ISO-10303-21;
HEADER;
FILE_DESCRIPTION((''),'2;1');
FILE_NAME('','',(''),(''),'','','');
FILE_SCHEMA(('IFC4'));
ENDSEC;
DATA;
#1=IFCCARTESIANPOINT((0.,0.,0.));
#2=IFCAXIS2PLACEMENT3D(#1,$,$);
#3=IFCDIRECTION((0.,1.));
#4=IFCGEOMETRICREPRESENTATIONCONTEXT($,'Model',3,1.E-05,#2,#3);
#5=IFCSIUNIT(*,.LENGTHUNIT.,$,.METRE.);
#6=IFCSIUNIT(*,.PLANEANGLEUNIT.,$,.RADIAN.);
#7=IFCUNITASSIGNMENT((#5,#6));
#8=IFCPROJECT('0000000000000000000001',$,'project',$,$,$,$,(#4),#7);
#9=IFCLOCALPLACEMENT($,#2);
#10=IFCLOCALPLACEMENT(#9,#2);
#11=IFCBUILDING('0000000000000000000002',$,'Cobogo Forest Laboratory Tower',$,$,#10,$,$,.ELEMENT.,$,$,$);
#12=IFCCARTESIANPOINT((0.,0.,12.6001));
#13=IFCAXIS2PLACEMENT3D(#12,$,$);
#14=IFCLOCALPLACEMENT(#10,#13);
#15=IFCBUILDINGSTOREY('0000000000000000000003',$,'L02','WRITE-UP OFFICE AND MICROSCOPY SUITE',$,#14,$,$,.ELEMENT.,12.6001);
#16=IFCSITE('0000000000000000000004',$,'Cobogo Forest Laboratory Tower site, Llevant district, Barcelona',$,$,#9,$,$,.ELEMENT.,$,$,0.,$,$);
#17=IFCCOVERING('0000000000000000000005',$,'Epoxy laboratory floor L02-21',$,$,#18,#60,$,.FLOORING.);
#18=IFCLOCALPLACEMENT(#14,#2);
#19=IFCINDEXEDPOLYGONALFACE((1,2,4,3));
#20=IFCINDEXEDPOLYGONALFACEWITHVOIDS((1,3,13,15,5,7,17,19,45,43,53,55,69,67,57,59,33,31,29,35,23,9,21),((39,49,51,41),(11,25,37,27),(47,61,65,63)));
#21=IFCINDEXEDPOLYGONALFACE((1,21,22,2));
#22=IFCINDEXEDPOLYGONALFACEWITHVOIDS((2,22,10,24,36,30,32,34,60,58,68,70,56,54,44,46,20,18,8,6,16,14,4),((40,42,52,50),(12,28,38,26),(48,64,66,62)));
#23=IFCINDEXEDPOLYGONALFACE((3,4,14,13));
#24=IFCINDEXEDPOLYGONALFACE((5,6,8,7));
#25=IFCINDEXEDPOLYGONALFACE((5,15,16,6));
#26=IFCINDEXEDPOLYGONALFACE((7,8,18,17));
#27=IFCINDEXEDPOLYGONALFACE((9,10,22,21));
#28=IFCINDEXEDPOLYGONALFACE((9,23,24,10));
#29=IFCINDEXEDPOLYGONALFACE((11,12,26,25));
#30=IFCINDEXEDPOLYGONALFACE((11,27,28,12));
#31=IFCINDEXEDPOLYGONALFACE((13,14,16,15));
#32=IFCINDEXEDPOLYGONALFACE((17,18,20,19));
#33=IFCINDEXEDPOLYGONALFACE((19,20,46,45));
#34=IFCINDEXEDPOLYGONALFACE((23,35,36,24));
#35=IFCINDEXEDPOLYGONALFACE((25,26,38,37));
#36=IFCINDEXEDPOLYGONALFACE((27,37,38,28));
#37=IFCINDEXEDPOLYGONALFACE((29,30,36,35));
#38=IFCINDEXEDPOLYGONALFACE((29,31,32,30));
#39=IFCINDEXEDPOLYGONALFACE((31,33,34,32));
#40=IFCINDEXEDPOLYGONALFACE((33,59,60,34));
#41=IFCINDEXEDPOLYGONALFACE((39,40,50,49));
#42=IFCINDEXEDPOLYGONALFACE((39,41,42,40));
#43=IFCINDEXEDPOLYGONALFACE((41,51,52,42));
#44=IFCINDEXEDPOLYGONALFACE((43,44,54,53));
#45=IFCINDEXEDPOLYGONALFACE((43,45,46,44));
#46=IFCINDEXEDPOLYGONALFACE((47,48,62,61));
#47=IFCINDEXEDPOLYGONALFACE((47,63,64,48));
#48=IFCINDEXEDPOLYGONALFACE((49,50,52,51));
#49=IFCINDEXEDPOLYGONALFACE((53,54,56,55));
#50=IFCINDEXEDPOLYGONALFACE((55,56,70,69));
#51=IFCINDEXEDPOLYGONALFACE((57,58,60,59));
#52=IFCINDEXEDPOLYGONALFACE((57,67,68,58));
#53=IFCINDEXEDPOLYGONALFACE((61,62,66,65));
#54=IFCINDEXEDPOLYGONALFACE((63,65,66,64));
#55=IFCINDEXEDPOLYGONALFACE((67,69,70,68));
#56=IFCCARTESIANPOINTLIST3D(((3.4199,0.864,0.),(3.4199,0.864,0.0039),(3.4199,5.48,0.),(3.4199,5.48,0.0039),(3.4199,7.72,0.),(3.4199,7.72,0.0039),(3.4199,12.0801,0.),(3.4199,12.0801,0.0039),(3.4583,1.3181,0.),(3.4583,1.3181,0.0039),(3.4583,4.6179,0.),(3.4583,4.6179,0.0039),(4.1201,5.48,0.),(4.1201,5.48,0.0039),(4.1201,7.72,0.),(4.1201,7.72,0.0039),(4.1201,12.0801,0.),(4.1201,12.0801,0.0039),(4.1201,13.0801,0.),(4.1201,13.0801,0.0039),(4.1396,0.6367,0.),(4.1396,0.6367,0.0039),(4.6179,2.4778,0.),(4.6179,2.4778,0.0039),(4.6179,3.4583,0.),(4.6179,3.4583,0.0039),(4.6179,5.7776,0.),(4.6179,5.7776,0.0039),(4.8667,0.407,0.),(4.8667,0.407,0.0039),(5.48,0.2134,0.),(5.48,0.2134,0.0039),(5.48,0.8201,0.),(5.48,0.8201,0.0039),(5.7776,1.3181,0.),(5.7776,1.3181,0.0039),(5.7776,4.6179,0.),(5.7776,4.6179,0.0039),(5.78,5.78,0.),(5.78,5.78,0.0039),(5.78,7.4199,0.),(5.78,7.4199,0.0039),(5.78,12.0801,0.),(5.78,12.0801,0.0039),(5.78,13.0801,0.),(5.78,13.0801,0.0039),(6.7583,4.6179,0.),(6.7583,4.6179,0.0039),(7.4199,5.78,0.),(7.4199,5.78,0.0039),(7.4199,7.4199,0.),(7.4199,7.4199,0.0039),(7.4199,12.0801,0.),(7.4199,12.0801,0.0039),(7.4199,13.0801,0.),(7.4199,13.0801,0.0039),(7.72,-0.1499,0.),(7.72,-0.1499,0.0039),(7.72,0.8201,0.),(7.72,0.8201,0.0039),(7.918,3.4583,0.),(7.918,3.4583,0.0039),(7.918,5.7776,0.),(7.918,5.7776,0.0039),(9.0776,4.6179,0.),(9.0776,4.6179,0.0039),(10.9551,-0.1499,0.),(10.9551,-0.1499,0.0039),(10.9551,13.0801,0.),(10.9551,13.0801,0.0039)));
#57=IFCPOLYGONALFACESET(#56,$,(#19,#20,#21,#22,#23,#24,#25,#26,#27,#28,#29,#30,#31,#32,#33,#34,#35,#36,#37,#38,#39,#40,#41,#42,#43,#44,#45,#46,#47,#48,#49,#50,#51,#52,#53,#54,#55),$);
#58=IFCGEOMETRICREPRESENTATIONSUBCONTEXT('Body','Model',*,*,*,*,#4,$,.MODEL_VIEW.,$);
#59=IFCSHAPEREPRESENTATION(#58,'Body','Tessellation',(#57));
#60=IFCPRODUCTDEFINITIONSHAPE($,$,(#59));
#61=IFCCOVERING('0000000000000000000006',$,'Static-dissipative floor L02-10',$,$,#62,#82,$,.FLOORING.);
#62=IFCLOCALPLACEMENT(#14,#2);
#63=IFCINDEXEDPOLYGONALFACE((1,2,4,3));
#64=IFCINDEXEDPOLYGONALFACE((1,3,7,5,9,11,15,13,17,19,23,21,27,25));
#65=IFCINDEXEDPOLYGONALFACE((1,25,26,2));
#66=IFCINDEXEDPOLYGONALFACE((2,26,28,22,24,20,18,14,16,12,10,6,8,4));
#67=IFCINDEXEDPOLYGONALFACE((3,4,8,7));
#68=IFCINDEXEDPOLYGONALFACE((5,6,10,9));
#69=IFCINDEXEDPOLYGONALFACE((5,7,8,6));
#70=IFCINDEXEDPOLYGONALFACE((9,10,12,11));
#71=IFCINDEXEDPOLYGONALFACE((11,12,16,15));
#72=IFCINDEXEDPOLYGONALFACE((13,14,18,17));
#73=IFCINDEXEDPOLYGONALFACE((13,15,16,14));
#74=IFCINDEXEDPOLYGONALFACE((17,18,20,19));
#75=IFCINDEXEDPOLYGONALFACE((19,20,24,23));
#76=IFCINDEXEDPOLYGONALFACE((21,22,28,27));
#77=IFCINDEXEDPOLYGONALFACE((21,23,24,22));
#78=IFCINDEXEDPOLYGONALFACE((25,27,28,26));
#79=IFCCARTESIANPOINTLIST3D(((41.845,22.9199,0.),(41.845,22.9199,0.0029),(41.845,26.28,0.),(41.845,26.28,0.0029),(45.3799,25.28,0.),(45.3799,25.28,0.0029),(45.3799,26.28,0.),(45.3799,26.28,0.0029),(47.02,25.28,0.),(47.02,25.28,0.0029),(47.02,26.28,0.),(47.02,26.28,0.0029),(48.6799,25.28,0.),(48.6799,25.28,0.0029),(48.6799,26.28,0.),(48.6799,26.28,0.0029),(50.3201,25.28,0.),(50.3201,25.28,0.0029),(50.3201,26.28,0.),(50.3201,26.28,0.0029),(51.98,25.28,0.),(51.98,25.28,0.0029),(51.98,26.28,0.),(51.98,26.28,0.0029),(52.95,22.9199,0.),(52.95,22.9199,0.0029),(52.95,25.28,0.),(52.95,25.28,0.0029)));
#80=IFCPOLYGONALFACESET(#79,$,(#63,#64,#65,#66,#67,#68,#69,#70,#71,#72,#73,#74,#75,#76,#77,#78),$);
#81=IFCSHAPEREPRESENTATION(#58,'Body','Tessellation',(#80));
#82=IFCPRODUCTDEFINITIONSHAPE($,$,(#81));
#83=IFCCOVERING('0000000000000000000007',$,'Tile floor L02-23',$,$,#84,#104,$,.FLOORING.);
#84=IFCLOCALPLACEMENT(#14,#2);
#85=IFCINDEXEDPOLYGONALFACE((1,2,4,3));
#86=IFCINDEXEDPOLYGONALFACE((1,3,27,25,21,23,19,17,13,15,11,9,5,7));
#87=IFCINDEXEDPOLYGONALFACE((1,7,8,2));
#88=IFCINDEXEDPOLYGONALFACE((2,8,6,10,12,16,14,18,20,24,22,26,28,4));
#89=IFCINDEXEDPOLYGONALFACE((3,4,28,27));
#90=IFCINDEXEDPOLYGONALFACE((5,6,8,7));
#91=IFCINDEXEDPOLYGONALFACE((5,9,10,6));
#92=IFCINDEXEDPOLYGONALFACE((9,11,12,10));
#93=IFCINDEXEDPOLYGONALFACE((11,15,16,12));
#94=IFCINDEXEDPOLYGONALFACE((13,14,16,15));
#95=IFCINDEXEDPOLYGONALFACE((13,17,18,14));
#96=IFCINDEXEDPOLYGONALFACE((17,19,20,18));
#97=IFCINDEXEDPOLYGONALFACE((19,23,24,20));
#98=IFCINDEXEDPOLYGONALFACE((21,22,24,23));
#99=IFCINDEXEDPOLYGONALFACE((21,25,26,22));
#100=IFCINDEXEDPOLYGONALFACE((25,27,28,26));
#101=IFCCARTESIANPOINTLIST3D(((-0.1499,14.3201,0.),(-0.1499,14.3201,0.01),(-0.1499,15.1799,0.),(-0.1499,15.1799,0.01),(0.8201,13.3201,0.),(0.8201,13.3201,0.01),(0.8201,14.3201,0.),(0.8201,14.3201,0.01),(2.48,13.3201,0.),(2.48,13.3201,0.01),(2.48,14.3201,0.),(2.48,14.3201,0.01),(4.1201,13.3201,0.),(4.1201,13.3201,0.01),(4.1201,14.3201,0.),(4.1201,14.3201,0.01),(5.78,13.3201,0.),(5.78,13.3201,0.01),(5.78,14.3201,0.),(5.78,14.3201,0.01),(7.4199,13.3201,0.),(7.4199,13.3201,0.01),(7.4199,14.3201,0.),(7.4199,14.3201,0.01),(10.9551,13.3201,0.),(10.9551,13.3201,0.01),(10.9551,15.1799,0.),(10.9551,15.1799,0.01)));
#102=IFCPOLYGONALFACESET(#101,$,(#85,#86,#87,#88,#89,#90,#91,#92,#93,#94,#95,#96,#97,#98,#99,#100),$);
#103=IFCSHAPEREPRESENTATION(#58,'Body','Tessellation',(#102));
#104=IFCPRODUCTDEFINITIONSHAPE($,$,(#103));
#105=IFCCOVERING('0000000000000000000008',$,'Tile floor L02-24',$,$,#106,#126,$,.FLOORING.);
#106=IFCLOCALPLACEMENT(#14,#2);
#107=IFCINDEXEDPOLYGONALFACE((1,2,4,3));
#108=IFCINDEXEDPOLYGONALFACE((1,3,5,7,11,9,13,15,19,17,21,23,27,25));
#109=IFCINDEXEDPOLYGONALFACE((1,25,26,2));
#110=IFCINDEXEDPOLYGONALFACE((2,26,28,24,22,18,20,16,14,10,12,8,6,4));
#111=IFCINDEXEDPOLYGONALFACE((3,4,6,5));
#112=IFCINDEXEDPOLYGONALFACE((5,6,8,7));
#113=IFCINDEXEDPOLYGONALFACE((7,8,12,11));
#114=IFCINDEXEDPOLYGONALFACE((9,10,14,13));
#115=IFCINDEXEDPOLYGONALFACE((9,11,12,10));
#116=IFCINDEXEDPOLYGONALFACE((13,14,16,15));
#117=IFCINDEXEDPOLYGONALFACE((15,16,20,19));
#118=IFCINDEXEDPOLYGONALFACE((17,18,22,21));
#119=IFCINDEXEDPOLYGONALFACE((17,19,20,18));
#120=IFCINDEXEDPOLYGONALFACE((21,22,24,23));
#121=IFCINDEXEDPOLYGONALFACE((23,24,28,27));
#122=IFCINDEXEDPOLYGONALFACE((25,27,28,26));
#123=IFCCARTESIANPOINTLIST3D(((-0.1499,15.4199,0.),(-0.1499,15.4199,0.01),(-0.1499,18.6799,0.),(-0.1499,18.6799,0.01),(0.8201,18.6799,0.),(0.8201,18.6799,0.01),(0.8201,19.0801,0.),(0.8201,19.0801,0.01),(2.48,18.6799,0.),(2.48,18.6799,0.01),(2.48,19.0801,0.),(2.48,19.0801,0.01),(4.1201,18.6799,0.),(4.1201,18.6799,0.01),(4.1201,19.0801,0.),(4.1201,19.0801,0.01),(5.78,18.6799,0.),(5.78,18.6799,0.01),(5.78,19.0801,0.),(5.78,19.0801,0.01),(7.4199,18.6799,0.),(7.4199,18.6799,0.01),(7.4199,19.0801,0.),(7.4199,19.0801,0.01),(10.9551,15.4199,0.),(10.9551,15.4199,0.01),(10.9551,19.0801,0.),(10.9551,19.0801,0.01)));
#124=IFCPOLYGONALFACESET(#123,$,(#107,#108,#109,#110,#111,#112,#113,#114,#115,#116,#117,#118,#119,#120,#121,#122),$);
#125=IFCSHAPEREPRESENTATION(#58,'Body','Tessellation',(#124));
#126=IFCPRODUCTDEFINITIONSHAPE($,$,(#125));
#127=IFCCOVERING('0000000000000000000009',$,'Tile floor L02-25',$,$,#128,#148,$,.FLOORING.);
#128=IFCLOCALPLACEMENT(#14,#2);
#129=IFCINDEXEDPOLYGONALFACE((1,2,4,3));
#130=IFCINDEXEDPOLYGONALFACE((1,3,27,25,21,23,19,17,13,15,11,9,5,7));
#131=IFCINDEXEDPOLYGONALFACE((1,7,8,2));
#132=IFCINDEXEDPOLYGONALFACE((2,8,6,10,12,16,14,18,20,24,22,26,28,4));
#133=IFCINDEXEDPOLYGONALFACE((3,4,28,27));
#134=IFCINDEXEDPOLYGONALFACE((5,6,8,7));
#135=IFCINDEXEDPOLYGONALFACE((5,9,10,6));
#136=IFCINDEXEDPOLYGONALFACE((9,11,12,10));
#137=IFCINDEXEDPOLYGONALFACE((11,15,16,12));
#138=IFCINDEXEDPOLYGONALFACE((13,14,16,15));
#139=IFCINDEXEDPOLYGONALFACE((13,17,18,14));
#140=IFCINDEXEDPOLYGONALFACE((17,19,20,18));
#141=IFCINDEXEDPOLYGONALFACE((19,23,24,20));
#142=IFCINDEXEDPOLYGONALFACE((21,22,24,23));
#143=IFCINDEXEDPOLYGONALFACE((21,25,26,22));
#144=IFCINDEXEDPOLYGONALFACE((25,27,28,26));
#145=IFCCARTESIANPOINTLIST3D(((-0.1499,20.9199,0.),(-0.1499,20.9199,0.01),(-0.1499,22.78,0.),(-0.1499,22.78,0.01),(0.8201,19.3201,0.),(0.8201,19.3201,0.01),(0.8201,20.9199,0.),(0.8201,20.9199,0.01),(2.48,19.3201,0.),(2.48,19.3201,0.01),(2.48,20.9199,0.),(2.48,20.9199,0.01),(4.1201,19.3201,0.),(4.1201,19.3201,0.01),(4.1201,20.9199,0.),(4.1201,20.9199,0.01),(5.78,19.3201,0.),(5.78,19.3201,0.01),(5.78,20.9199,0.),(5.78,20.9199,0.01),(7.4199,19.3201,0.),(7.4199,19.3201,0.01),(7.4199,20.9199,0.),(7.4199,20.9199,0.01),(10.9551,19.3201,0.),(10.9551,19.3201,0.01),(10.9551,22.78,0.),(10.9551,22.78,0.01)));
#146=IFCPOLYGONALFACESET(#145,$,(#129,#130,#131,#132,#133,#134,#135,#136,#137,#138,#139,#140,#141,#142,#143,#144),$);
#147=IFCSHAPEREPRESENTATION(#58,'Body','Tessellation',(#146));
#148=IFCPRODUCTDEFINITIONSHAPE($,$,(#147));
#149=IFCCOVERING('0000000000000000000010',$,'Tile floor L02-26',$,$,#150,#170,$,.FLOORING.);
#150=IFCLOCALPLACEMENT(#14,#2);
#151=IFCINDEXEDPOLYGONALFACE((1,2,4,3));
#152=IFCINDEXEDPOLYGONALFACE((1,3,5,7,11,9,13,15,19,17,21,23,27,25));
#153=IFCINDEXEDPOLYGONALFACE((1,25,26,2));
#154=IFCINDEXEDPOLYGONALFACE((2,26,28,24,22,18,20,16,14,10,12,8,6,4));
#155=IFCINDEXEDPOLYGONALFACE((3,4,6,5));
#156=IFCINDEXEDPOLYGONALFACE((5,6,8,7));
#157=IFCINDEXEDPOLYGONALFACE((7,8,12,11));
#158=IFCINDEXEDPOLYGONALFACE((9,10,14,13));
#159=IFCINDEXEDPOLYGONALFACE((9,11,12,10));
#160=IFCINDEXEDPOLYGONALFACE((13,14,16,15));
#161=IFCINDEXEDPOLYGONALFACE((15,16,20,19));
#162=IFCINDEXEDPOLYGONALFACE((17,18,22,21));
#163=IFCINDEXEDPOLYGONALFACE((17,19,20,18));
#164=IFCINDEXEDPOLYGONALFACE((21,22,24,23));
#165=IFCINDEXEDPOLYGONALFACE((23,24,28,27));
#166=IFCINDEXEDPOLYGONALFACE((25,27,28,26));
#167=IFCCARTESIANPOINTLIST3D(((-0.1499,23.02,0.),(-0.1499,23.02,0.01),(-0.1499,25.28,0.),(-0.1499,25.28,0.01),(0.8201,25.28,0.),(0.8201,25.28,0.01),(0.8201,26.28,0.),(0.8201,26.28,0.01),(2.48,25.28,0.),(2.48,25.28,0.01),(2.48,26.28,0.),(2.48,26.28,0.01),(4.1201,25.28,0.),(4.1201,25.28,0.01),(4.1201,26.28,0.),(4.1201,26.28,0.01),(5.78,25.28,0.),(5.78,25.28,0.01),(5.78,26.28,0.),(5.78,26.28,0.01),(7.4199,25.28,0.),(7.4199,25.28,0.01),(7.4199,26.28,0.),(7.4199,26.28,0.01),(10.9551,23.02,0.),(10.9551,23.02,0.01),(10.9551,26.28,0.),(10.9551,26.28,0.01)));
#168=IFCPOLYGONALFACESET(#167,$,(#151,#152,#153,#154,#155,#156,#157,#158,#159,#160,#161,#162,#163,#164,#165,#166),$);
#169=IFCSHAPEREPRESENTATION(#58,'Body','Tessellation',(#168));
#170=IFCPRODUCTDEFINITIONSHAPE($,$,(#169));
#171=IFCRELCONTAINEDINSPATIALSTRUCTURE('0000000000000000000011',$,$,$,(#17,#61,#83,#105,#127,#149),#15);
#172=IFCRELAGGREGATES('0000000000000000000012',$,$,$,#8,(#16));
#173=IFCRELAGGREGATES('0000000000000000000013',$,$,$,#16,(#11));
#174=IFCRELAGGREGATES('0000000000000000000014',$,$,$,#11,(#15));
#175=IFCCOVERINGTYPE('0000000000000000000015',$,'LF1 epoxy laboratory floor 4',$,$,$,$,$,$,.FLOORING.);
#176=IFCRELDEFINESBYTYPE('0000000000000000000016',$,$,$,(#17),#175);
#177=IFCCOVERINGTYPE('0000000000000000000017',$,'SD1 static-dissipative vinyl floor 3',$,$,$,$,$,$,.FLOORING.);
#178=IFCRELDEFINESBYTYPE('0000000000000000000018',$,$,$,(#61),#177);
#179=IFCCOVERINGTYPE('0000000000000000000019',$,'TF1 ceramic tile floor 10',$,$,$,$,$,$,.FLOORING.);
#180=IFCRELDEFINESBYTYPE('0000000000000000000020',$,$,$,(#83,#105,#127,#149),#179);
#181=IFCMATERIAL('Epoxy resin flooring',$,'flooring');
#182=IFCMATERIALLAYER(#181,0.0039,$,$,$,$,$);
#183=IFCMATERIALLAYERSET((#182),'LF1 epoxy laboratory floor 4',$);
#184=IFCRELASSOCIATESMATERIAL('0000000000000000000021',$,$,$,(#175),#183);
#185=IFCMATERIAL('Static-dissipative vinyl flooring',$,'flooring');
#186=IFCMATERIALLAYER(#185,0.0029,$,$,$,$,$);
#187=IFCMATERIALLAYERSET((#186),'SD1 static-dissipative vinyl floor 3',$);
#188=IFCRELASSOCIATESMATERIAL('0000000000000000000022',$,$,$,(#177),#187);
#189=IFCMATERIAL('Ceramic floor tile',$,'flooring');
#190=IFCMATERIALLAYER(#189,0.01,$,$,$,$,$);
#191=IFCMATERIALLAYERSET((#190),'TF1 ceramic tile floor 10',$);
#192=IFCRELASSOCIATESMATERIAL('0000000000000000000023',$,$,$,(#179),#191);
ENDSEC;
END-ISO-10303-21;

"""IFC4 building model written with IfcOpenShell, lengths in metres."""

from ifc_helpers import new_model, si_unit, direction, frame, origin, place, context, subcontext, project, spatial, polyline, outline, extrude, material, layer, layer_set, type_object, element, save


model = new_model("IFC4")

# Units and contexts
model_context = context("Model", 3, precision=1e-05, world=origin(), true_north=direction((0.0, 1.0)))
body_context = subcontext(model_context, "Body", "Model", "MODEL_VIEW")
ifc_project = project(units=[si_unit("LENGTHUNIT", "METRE"), si_unit("PLANEANGLEUNIT", "RADIAN")], contexts=[model_context])

# Site, building, storey
site_placement = place(None, origin())
site = spatial("IfcSite", under=ifc_project, at=site_placement, Name="Cobogo Forest Laboratory Tower site, Llevant district, Barcelona", CompositionType="ELEMENT", RefElevation=0.0)
building_placement = place(site_placement, origin())
building = spatial("IfcBuilding", under=site, at=building_placement, Name="Cobogo Forest Laboratory Tower", CompositionType="ELEMENT")
storey_placement = place(building_placement, frame((0.0, 0.0, 12.6001)))
storey = spatial("IfcBuildingStorey", under=building, at=storey_placement, Name="L02", Description="WRITE-UP OFFICE AND MICROSCOPY SUITE", CompositionType="ELEMENT", Elevation=12.6001)

# Coverings
ifc_material_1 = material(Name="Epoxy resin flooring", Category="flooring")
ifc_layer_1 = layer(ifc_material_1, 0.0039)
ifc_layer_set_1 = layer_set([ifc_layer_1], Name="LF1 epoxy laboratory floor 4")
covering_type_1 = type_object("IfcCoveringType", Name="LF1 epoxy laboratory floor 4", PredefinedType="FLOORING", material=ifc_layer_set_1)
covering_1_placement = place(storey_placement, origin())
element("IfcCovering", 1, at=covering_1_placement, inside=storey, type_object=covering_type_1, Name="Epoxy laboratory floor L02-21", PredefinedType="FLOORING", context=body_context, shape_type="SweptSolid", body=[
    extrude(outline(polyline([(5.78, 13.0801), (5.78, 12.0801), (7.4199, 12.0801), (7.4199, 13.0801), (10.9551, 13.0801), (10.9551, -0.1499), (7.72, -0.1499), (7.72, 0.8201), (5.48, 0.8201), (5.48, 0.2134), (4.8667, 0.407), (5.7776, 1.3181), (4.6179, 2.4778), (3.4583, 1.3181), (4.1396, 0.6367), (3.4199, 0.864), (3.4199, 5.48), (4.1201, 5.48), (4.1201, 7.72), (3.4199, 7.72), (3.4199, 12.0801), (4.1201, 12.0801), (4.1201, 13.0801), (5.78, 13.0801)]), holes=[polyline([(7.918, 5.7776), (6.7583, 4.6179), (7.918, 3.4583), (9.0776, 4.6179), (7.918, 5.7776)]), polyline([(5.78, 7.4199), (5.78, 5.78), (7.4199, 5.78), (7.4199, 7.4199), (5.78, 7.4199)]), polyline([(3.4583, 4.6179), (4.6179, 3.4583), (5.7776, 4.6179), (4.6179, 5.7776), (3.4583, 4.6179)])]), origin(), (0.0, 0.0, 1.0), 0.0039),
])
ifc_material_2 = material(Name="Static-dissipative vinyl flooring", Category="flooring")
ifc_layer_2 = layer(ifc_material_2, 0.0029)
ifc_layer_set_2 = layer_set([ifc_layer_2], Name="SD1 static-dissipative vinyl floor 3")
covering_type_2 = type_object("IfcCoveringType", Name="SD1 static-dissipative vinyl floor 3", PredefinedType="FLOORING", material=ifc_layer_set_2)
covering_2_placement = place(storey_placement, origin())
element("IfcCovering", 2, at=covering_2_placement, inside=storey, type_object=covering_type_2, Name="Static-dissipative floor L02-10", PredefinedType="FLOORING", context=body_context, shape_type="SweptSolid", body=[
    extrude(outline(polyline([(41.845, 26.28), (45.3799, 26.28), (45.3799, 25.28), (47.02, 25.28), (47.02, 26.28), (48.6799, 26.28), (48.6799, 25.28), (50.3201, 25.28), (50.3201, 26.28), (51.98, 26.28), (51.98, 25.28), (52.95, 25.28), (52.95, 22.9199), (41.845, 22.9199), (41.845, 26.28)])), origin(), (0.0, 0.0, 1.0), 0.0029),
])
ifc_material_3 = material(Name="Ceramic floor tile", Category="flooring")
ifc_layer_3 = layer(ifc_material_3, 0.01)
ifc_layer_set_3 = layer_set([ifc_layer_3], Name="TF1 ceramic tile floor 10")
covering_type_3 = type_object("IfcCoveringType", Name="TF1 ceramic tile floor 10", PredefinedType="FLOORING", material=ifc_layer_set_3)
covering_3_placement = place(storey_placement, origin())
element("IfcCovering", 3, at=covering_3_placement, inside=storey, type_object=covering_type_3, Name="Tile floor L02-23", PredefinedType="FLOORING", context=body_context, shape_type="SweptSolid", body=[
    extrude(outline(polyline([(10.9551, 13.3201), (7.4199, 13.3201), (7.4199, 14.3201), (5.78, 14.3201), (5.78, 13.3201), (4.1201, 13.3201), (4.1201, 14.3201), (2.48, 14.3201), (2.48, 13.3201), (0.8201, 13.3201), (0.8201, 14.3201), (-0.1499, 14.3201), (-0.1499, 15.1799), (10.9551, 15.1799), (10.9551, 13.3201)])), origin(), (0.0, 0.0, 1.0), 0.01),
])
covering_4_placement = place(storey_placement, origin())
element("IfcCovering", 4, at=covering_4_placement, inside=storey, type_object=covering_type_3, Name="Tile floor L02-24", PredefinedType="FLOORING", context=body_context, shape_type="SweptSolid", body=[
    extrude(outline(polyline([(10.9551, 15.4199), (-0.1499, 15.4199), (-0.1499, 18.6799), (0.8201, 18.6799), (0.8201, 19.0801), (2.48, 19.0801), (2.48, 18.6799), (4.1201, 18.6799), (4.1201, 19.0801), (5.78, 19.0801), (5.78, 18.6799), (7.4199, 18.6799), (7.4199, 19.0801), (10.9551, 19.0801), (10.9551, 15.4199)])), origin(), (0.0, 0.0, 1.0), 0.01),
])
covering_5_placement = place(storey_placement, origin())
element("IfcCovering", 5, at=covering_5_placement, inside=storey, type_object=covering_type_3, Name="Tile floor L02-25", PredefinedType="FLOORING", context=body_context, shape_type="SweptSolid", body=[
    extrude(outline(polyline([(10.9551, 19.3201), (7.4199, 19.3201), (7.4199, 20.9199), (5.78, 20.9199), (5.78, 19.3201), (4.1201, 19.3201), (4.1201, 20.9199), (2.48, 20.9199), (2.48, 19.3201), (0.8201, 19.3201), (0.8201, 20.9199), (-0.1499, 20.9199), (-0.1499, 22.78), (10.9551, 22.78), (10.9551, 19.3201)])), origin(), (0.0, 0.0, 1.0), 0.01),
])
covering_6_placement = place(storey_placement, origin())
element("IfcCovering", 6, at=covering_6_placement, inside=storey, type_object=covering_type_3, Name="Tile floor L02-26", PredefinedType="FLOORING", context=body_context, shape_type="SweptSolid", body=[
    extrude(outline(polyline([(10.9551, 23.02), (-0.1499, 23.02), (-0.1499, 25.28), (0.8201, 25.28), (0.8201, 26.28), (2.48, 26.28), (2.48, 25.28), (4.1201, 25.28), (4.1201, 26.28), (5.78, 26.28), (5.78, 25.28), (7.4199, 25.28), (7.4199, 26.28), (10.9551, 26.28), (10.9551, 23.02)])), origin(), (0.0, 0.0, 1.0), 0.01),
])

save(model, "model.ifc")
